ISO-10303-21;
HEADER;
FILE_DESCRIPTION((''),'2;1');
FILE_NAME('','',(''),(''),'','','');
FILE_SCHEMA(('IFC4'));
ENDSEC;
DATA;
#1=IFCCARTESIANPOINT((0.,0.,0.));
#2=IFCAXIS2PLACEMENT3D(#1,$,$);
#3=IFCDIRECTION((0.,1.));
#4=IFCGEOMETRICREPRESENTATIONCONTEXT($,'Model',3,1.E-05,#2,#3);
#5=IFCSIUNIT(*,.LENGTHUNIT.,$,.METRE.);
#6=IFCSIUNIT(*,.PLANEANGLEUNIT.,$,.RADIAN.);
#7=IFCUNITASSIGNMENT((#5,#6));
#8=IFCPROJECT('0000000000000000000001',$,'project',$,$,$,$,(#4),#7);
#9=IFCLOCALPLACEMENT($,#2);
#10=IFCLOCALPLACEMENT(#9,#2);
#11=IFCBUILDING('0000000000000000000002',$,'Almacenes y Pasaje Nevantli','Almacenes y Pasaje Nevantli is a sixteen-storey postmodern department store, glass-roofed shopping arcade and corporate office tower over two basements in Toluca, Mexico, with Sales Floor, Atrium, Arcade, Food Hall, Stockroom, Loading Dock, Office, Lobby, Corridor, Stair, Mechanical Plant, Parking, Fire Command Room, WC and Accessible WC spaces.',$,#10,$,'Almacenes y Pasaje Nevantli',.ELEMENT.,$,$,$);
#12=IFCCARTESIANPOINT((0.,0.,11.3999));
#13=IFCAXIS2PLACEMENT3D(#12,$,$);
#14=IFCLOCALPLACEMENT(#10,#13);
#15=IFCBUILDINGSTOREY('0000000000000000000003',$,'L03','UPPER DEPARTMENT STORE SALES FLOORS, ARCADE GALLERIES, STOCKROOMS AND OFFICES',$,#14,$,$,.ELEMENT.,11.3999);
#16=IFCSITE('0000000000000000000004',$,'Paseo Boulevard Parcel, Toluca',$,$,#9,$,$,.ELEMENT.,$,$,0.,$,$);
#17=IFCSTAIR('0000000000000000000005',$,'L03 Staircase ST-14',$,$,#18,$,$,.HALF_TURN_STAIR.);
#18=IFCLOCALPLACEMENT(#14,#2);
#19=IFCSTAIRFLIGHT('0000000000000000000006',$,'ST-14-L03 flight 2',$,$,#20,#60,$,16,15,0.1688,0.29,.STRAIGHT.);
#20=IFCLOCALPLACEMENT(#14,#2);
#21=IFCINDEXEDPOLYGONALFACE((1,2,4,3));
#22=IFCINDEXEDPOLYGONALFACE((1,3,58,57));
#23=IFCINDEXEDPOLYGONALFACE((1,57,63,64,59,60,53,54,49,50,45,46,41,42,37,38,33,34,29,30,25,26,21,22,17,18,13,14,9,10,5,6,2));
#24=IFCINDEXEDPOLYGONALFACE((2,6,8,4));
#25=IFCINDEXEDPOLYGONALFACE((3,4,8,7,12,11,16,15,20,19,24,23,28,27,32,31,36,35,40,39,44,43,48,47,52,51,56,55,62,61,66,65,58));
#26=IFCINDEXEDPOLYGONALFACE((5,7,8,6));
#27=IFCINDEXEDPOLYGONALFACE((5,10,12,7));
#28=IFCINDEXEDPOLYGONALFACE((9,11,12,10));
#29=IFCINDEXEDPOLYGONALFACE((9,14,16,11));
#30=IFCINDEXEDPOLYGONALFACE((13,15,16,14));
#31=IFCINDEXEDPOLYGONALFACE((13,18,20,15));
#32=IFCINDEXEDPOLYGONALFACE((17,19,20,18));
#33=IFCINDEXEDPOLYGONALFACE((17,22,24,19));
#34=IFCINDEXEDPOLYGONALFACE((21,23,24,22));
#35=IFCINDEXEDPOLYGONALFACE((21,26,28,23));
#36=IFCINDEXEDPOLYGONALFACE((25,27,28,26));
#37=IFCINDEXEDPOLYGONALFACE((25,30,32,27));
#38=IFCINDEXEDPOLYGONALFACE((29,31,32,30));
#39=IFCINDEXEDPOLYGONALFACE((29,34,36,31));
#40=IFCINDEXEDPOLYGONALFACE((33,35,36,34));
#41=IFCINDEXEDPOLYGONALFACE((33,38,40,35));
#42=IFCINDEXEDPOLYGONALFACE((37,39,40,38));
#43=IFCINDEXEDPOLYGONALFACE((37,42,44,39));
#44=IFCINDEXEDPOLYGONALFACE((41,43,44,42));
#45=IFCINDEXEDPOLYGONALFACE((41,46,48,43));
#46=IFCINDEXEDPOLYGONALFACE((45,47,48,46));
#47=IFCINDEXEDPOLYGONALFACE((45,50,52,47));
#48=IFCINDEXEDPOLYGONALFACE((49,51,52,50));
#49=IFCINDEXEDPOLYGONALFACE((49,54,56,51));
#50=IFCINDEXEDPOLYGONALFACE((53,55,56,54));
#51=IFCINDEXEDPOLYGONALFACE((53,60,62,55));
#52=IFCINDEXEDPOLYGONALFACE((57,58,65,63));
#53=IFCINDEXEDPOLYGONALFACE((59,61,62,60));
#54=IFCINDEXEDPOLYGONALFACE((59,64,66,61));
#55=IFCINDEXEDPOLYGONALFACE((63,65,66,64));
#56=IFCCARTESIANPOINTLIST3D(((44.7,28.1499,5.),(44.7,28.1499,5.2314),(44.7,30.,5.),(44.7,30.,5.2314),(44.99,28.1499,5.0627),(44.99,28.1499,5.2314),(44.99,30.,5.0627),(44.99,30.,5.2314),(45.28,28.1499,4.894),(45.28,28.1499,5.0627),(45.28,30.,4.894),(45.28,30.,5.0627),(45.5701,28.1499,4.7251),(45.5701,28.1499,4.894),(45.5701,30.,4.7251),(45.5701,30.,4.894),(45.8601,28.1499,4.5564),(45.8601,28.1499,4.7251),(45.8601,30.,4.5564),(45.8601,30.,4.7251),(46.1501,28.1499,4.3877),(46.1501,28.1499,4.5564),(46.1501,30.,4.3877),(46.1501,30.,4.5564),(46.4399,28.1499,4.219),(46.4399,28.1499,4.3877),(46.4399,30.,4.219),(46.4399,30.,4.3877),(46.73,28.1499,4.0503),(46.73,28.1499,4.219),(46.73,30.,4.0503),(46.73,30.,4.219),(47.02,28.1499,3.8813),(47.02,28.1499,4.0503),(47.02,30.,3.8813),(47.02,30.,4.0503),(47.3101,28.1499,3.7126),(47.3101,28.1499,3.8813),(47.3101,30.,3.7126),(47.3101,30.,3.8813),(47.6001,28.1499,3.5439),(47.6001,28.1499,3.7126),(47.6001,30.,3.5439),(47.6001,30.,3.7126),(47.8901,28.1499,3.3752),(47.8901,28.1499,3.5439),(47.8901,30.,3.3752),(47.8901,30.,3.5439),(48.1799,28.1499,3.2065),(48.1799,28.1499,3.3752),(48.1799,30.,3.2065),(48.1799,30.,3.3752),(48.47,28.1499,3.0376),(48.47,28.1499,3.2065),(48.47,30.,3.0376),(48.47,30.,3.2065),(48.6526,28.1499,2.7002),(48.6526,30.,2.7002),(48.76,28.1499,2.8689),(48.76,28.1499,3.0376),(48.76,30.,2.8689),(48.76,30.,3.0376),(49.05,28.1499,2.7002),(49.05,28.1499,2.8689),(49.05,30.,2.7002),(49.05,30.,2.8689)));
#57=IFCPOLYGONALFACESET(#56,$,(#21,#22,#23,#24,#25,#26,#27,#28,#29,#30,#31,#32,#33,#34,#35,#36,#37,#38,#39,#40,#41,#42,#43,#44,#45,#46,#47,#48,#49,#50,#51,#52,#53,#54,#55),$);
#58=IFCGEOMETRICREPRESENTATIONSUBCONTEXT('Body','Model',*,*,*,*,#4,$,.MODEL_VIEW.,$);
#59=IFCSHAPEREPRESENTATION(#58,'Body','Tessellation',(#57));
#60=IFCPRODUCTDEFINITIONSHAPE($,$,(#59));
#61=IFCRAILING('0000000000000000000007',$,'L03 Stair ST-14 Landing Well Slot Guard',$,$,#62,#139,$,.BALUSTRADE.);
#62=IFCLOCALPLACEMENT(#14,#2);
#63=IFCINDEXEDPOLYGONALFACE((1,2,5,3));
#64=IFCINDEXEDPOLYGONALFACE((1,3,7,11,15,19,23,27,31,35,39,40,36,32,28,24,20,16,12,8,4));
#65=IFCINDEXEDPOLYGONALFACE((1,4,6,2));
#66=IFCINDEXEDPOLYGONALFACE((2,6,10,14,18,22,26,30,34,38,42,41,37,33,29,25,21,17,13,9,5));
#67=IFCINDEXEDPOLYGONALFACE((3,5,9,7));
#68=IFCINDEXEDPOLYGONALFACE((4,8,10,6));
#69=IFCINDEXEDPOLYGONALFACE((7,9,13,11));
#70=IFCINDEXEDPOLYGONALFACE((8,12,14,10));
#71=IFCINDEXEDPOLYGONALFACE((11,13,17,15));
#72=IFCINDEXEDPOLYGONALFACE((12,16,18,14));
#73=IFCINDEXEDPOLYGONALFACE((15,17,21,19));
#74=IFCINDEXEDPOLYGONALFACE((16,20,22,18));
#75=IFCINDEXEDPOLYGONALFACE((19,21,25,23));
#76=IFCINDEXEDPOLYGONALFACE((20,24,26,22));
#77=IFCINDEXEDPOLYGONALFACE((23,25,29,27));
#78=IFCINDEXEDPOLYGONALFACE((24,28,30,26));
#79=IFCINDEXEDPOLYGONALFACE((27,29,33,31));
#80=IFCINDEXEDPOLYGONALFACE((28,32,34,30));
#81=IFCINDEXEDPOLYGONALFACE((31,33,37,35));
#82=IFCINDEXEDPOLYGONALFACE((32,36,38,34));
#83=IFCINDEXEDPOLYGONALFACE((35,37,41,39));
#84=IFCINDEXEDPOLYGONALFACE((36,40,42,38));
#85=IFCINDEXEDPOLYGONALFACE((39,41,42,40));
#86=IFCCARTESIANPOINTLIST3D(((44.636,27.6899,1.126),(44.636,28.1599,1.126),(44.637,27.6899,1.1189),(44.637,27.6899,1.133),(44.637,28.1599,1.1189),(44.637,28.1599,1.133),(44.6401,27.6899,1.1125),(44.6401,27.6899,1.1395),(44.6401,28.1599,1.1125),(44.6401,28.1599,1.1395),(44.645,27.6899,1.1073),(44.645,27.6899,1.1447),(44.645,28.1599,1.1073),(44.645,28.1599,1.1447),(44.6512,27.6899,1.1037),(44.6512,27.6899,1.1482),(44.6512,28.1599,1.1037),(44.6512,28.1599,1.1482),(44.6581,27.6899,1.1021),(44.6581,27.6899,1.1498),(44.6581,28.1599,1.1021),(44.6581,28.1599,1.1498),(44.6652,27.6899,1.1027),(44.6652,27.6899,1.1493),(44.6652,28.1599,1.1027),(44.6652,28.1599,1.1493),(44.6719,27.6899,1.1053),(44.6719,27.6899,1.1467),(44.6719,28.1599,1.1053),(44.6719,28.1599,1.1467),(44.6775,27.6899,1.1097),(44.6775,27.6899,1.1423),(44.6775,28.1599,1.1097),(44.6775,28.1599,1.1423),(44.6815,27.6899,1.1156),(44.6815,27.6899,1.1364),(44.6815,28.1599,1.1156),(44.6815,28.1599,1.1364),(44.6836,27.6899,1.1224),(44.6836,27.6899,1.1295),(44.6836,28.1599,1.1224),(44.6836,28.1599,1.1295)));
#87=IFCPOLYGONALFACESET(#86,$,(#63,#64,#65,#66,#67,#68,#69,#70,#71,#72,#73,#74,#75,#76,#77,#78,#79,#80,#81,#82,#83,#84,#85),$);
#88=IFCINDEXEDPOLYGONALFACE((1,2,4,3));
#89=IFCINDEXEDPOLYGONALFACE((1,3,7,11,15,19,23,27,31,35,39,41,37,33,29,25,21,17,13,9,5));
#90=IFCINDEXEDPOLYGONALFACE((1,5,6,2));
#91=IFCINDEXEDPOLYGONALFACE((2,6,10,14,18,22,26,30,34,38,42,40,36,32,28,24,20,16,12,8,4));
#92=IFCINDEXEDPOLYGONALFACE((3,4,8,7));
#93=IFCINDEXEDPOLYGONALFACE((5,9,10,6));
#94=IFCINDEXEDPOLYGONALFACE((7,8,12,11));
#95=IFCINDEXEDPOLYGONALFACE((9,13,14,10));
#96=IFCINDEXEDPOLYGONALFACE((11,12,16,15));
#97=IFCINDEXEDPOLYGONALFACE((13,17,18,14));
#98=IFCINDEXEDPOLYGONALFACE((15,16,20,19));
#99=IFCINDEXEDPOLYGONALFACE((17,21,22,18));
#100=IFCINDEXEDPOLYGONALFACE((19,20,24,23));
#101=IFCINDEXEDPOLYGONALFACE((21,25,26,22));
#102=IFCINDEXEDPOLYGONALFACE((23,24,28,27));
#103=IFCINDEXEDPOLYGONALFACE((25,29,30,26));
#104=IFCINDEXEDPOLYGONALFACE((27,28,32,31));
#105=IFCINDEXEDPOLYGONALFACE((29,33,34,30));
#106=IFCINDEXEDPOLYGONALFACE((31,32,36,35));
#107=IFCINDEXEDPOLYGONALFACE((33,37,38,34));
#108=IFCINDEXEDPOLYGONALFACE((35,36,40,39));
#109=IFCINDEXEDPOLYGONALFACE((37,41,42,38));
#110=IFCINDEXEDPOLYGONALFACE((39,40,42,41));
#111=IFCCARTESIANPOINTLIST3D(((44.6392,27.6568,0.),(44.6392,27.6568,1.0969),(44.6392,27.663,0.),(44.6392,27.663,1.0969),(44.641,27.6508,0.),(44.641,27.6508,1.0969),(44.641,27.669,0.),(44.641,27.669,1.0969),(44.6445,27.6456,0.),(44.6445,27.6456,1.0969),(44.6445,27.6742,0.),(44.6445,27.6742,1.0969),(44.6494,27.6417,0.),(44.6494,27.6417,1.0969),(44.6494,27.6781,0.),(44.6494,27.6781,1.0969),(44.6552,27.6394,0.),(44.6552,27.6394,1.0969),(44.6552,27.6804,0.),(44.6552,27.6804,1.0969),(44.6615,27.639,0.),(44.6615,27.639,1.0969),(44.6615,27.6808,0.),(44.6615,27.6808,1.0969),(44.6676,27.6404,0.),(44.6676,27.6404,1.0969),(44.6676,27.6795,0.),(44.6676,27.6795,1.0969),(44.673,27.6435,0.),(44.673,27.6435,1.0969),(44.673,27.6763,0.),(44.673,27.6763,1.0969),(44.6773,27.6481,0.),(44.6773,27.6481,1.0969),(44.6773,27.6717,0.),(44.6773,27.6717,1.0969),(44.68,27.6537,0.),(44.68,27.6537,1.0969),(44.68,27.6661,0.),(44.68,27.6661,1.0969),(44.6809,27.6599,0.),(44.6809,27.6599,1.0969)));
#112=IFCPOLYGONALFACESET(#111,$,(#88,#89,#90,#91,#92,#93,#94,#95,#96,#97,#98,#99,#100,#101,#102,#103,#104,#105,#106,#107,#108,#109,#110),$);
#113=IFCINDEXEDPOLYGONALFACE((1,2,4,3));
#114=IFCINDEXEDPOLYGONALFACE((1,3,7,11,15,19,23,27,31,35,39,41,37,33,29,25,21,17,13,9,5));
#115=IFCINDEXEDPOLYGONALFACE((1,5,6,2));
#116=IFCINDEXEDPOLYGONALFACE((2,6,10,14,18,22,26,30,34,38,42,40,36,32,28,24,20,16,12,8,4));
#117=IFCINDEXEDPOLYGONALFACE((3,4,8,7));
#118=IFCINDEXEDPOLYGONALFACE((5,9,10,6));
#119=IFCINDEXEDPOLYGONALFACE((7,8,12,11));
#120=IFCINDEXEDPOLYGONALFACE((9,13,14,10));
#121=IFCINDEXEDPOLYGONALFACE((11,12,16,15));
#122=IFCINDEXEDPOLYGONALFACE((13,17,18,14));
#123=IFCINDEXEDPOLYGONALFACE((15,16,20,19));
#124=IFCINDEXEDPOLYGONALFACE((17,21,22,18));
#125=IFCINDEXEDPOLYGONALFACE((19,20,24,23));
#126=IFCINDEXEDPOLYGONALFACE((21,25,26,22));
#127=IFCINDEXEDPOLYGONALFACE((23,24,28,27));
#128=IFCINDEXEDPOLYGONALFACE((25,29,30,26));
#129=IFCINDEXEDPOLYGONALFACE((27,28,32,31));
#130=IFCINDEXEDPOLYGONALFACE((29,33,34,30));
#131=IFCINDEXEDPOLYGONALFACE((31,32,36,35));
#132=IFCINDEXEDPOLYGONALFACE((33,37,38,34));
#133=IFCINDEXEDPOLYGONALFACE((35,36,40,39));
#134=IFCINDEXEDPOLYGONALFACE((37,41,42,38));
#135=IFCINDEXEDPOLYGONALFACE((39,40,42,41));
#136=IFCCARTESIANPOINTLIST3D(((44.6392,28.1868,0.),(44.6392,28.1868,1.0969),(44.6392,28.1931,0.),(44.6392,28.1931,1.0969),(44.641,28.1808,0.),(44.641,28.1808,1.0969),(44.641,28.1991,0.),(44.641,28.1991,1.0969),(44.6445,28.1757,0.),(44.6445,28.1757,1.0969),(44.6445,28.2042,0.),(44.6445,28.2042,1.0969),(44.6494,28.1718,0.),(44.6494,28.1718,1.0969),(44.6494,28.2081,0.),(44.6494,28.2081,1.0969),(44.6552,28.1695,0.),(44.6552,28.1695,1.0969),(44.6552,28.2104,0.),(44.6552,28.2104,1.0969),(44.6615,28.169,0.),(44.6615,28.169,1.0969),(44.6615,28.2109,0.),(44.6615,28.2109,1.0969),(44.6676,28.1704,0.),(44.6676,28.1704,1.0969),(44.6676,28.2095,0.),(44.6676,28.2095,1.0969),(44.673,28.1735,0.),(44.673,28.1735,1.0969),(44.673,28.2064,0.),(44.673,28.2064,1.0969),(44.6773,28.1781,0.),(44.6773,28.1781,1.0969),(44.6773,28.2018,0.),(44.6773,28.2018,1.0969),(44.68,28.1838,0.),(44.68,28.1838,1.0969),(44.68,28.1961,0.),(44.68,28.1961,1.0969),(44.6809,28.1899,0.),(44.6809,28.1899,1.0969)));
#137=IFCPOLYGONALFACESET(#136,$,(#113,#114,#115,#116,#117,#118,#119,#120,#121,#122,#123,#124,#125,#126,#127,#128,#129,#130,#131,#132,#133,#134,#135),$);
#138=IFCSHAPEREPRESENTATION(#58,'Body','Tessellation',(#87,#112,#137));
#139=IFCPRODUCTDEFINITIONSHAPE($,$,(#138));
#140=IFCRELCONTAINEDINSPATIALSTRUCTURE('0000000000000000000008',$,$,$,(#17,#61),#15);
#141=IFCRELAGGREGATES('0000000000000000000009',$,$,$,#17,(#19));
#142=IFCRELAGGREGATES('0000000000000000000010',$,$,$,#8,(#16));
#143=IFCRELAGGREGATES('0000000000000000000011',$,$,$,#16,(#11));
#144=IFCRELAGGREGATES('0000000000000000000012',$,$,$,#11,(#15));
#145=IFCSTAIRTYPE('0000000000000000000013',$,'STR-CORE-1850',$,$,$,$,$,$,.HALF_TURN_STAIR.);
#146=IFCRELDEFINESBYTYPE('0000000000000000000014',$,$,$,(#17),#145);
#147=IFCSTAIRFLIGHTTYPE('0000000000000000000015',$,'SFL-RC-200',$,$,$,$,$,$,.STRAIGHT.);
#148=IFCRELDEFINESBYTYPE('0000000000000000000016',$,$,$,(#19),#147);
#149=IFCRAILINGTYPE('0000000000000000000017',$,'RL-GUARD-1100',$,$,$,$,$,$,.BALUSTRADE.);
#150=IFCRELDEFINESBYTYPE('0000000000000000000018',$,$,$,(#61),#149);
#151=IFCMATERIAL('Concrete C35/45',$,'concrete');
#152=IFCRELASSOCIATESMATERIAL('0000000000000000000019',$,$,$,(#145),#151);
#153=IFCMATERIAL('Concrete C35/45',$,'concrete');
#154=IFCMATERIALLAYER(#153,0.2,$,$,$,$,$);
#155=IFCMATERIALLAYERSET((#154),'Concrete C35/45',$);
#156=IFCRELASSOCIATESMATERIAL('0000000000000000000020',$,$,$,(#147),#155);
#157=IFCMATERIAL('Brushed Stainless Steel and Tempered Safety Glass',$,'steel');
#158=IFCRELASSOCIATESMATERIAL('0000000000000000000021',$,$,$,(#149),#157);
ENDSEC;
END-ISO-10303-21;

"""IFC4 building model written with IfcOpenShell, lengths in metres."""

from ifc_helpers import new_model, si_unit, direction, frame, origin, origin_2d, place, context, subcontext, project, spatial, polyline, circle, outline, extrude, material, layer, layer_set, type_object, element, aggregate, save


model = new_model("IFC4")

# Units and contexts
model_context = context("Model", 3, precision=1e-05, world=origin(), true_north=direction((0.0, 1.0)))
body_context = subcontext(model_context, "Body", "Model", "MODEL_VIEW")
ifc_project = project(units=[si_unit("LENGTHUNIT", "METRE"), si_unit("PLANEANGLEUNIT", "RADIAN")], contexts=[model_context])

# Site, building, storey
site_placement = place(None, origin())
site = spatial("IfcSite", under=ifc_project, at=site_placement, Name="Paseo Boulevard Parcel, Toluca", CompositionType="ELEMENT", RefElevation=0.0)
building_placement = place(site_placement, origin())
building = spatial("IfcBuilding", under=site, at=building_placement, Name="Almacenes y Pasaje Nevantli", Description="Almacenes y Pasaje Nevantli is a sixteen-storey postmodern department store, glass-roofed shopping arcade and corporate office tower over two basements in Toluca, Mexico, with Sales Floor, Atrium, Arcade, Food Hall, Stockroom, Loading Dock, Office, Lobby, Corridor, Stair, Mechanical Plant, Parking, Fire Command Room, WC and Accessible WC spaces.", LongName="Almacenes y Pasaje Nevantli", CompositionType="ELEMENT")
storey_placement = place(building_placement, frame((0.0, 0.0, 11.3999)))
storey = spatial("IfcBuildingStorey", under=building, at=storey_placement, Name="L03", Description="UPPER DEPARTMENT STORE SALES FLOORS, ARCADE GALLERIES, STOCKROOMS AND OFFICES", CompositionType="ELEMENT", Elevation=11.3999)

# Stair, stair flight
ifc_material_1 = material(Name="Concrete C35/45", Category="concrete")
stair_type = type_object("IfcStairType", Name="STR-CORE-1850", PredefinedType="HALF_TURN_STAIR", material=ifc_material_1)
stair_placement = place(storey_placement, origin())
stair = element("IfcStair", 1, at=stair_placement, inside=storey, type_object=stair_type, Name="L03 Staircase ST-14", PredefinedType="HALF_TURN_STAIR")
ifc_material_2 = material(Name="Concrete C35/45", Category="concrete")
ifc_layer_1 = layer(ifc_material_2, 0.2)
ifc_layer_set_1 = layer_set([ifc_layer_1], Name="Concrete C35/45")
stair_flight_type = type_object("IfcStairFlightType", Name="SFL-RC-200", PredefinedType="STRAIGHT", material=ifc_layer_set_1)
stair_flight_1_placement = place(storey_placement, frame((49.05, 29.075, 2.7002), z_axis=(0.0, 0.0, 1.0), x_axis=(-1.0, 0.0, 0.0)))
stair_flight_1 = element("IfcStairFlight", 2, at=stair_flight_1_placement, type_object=stair_flight_type, Name="ST-14-L03 flight 2", NumberOfRisers=16, NumberOfTreads=15, PredefinedType="STRAIGHT", RiserHeight=0.1688, TreadLength=0.29, context=body_context, shape_type="SweptSolid", body=[
    extrude(outline(polyline([(0.0, 0.0), (0.0, 0.1687), (0.29, 0.1687), (0.29, 0.3374), (0.5801, 0.3374), (0.5801, 0.5063), (0.8701, 0.5063), (0.8701, 0.675), (1.1599, 0.675), (1.1599, 0.8438), (1.45, 0.8438), (1.45, 1.0125), (1.74, 1.0125), (1.74, 1.1812), (2.03, 1.1812), (2.03, 1.3501), (2.3201, 1.3501), (2.3201, 1.5188), (2.6101, 1.5188), (2.6101, 1.6875), (2.8999, 1.6875), (2.8999, 1.8562), (3.1899, 1.8562), (3.1899, 2.0249), (3.48, 2.0249), (3.48, 2.1938), (3.77, 2.1938), (3.77, 2.3625), (4.0601, 2.3625), (4.0601, 2.5312), (4.3501, 2.5312), (4.3501, 2.7), (4.3501, 2.2998), (0.3975, 0.0), (0.0, 0.0)])), frame((0.0, 0.925, 0.0), z_axis=(0.0, -1.0, 0.0), x_axis=(1.0, 0.0, 0.0)), (0.0, 0.0, 1.0), 1.8501),
])
aggregate(stair, [stair_flight_1])

# Railing
ifc_material_3 = material(Name="Brushed Stainless Steel and Tempered Safety Glass", Category="steel")
railing_type_1 = type_object("IfcRailingType", Name="RL-GUARD-1100", PredefinedType="BALUSTRADE", material=ifc_material_3)
railing_1_placement = place(storey_placement, frame((44.6599, 27.6599, 0.0)))
element("IfcRailing", 3, at=railing_1_placement, inside=storey, type_object=railing_type_1, Name="L03 Stair ST-14 Landing Well Slot Guard", PredefinedType="BALUSTRADE", context=body_context, shape_type="SweptSolid", body=[
    extrude(circle(Radius=0.0239, at=origin_2d()), frame((0.0, 0.03, 1.126), z_axis=(0.0, 1.0, 0.0), x_axis=(-1.0, 0.0, 0.0)), (0.0, 0.0, 1.0), 0.47),
    extrude(circle(Radius=0.021, at=origin_2d()), origin(), (0.0, 0.0, 1.0), 1.0969),
    extrude(circle(Radius=0.021, at=origin_2d()), frame((0.0, 0.53, 0.0)), (0.0, 0.0, 1.0), 1.0969),
])

save(model, "model.ifc")
